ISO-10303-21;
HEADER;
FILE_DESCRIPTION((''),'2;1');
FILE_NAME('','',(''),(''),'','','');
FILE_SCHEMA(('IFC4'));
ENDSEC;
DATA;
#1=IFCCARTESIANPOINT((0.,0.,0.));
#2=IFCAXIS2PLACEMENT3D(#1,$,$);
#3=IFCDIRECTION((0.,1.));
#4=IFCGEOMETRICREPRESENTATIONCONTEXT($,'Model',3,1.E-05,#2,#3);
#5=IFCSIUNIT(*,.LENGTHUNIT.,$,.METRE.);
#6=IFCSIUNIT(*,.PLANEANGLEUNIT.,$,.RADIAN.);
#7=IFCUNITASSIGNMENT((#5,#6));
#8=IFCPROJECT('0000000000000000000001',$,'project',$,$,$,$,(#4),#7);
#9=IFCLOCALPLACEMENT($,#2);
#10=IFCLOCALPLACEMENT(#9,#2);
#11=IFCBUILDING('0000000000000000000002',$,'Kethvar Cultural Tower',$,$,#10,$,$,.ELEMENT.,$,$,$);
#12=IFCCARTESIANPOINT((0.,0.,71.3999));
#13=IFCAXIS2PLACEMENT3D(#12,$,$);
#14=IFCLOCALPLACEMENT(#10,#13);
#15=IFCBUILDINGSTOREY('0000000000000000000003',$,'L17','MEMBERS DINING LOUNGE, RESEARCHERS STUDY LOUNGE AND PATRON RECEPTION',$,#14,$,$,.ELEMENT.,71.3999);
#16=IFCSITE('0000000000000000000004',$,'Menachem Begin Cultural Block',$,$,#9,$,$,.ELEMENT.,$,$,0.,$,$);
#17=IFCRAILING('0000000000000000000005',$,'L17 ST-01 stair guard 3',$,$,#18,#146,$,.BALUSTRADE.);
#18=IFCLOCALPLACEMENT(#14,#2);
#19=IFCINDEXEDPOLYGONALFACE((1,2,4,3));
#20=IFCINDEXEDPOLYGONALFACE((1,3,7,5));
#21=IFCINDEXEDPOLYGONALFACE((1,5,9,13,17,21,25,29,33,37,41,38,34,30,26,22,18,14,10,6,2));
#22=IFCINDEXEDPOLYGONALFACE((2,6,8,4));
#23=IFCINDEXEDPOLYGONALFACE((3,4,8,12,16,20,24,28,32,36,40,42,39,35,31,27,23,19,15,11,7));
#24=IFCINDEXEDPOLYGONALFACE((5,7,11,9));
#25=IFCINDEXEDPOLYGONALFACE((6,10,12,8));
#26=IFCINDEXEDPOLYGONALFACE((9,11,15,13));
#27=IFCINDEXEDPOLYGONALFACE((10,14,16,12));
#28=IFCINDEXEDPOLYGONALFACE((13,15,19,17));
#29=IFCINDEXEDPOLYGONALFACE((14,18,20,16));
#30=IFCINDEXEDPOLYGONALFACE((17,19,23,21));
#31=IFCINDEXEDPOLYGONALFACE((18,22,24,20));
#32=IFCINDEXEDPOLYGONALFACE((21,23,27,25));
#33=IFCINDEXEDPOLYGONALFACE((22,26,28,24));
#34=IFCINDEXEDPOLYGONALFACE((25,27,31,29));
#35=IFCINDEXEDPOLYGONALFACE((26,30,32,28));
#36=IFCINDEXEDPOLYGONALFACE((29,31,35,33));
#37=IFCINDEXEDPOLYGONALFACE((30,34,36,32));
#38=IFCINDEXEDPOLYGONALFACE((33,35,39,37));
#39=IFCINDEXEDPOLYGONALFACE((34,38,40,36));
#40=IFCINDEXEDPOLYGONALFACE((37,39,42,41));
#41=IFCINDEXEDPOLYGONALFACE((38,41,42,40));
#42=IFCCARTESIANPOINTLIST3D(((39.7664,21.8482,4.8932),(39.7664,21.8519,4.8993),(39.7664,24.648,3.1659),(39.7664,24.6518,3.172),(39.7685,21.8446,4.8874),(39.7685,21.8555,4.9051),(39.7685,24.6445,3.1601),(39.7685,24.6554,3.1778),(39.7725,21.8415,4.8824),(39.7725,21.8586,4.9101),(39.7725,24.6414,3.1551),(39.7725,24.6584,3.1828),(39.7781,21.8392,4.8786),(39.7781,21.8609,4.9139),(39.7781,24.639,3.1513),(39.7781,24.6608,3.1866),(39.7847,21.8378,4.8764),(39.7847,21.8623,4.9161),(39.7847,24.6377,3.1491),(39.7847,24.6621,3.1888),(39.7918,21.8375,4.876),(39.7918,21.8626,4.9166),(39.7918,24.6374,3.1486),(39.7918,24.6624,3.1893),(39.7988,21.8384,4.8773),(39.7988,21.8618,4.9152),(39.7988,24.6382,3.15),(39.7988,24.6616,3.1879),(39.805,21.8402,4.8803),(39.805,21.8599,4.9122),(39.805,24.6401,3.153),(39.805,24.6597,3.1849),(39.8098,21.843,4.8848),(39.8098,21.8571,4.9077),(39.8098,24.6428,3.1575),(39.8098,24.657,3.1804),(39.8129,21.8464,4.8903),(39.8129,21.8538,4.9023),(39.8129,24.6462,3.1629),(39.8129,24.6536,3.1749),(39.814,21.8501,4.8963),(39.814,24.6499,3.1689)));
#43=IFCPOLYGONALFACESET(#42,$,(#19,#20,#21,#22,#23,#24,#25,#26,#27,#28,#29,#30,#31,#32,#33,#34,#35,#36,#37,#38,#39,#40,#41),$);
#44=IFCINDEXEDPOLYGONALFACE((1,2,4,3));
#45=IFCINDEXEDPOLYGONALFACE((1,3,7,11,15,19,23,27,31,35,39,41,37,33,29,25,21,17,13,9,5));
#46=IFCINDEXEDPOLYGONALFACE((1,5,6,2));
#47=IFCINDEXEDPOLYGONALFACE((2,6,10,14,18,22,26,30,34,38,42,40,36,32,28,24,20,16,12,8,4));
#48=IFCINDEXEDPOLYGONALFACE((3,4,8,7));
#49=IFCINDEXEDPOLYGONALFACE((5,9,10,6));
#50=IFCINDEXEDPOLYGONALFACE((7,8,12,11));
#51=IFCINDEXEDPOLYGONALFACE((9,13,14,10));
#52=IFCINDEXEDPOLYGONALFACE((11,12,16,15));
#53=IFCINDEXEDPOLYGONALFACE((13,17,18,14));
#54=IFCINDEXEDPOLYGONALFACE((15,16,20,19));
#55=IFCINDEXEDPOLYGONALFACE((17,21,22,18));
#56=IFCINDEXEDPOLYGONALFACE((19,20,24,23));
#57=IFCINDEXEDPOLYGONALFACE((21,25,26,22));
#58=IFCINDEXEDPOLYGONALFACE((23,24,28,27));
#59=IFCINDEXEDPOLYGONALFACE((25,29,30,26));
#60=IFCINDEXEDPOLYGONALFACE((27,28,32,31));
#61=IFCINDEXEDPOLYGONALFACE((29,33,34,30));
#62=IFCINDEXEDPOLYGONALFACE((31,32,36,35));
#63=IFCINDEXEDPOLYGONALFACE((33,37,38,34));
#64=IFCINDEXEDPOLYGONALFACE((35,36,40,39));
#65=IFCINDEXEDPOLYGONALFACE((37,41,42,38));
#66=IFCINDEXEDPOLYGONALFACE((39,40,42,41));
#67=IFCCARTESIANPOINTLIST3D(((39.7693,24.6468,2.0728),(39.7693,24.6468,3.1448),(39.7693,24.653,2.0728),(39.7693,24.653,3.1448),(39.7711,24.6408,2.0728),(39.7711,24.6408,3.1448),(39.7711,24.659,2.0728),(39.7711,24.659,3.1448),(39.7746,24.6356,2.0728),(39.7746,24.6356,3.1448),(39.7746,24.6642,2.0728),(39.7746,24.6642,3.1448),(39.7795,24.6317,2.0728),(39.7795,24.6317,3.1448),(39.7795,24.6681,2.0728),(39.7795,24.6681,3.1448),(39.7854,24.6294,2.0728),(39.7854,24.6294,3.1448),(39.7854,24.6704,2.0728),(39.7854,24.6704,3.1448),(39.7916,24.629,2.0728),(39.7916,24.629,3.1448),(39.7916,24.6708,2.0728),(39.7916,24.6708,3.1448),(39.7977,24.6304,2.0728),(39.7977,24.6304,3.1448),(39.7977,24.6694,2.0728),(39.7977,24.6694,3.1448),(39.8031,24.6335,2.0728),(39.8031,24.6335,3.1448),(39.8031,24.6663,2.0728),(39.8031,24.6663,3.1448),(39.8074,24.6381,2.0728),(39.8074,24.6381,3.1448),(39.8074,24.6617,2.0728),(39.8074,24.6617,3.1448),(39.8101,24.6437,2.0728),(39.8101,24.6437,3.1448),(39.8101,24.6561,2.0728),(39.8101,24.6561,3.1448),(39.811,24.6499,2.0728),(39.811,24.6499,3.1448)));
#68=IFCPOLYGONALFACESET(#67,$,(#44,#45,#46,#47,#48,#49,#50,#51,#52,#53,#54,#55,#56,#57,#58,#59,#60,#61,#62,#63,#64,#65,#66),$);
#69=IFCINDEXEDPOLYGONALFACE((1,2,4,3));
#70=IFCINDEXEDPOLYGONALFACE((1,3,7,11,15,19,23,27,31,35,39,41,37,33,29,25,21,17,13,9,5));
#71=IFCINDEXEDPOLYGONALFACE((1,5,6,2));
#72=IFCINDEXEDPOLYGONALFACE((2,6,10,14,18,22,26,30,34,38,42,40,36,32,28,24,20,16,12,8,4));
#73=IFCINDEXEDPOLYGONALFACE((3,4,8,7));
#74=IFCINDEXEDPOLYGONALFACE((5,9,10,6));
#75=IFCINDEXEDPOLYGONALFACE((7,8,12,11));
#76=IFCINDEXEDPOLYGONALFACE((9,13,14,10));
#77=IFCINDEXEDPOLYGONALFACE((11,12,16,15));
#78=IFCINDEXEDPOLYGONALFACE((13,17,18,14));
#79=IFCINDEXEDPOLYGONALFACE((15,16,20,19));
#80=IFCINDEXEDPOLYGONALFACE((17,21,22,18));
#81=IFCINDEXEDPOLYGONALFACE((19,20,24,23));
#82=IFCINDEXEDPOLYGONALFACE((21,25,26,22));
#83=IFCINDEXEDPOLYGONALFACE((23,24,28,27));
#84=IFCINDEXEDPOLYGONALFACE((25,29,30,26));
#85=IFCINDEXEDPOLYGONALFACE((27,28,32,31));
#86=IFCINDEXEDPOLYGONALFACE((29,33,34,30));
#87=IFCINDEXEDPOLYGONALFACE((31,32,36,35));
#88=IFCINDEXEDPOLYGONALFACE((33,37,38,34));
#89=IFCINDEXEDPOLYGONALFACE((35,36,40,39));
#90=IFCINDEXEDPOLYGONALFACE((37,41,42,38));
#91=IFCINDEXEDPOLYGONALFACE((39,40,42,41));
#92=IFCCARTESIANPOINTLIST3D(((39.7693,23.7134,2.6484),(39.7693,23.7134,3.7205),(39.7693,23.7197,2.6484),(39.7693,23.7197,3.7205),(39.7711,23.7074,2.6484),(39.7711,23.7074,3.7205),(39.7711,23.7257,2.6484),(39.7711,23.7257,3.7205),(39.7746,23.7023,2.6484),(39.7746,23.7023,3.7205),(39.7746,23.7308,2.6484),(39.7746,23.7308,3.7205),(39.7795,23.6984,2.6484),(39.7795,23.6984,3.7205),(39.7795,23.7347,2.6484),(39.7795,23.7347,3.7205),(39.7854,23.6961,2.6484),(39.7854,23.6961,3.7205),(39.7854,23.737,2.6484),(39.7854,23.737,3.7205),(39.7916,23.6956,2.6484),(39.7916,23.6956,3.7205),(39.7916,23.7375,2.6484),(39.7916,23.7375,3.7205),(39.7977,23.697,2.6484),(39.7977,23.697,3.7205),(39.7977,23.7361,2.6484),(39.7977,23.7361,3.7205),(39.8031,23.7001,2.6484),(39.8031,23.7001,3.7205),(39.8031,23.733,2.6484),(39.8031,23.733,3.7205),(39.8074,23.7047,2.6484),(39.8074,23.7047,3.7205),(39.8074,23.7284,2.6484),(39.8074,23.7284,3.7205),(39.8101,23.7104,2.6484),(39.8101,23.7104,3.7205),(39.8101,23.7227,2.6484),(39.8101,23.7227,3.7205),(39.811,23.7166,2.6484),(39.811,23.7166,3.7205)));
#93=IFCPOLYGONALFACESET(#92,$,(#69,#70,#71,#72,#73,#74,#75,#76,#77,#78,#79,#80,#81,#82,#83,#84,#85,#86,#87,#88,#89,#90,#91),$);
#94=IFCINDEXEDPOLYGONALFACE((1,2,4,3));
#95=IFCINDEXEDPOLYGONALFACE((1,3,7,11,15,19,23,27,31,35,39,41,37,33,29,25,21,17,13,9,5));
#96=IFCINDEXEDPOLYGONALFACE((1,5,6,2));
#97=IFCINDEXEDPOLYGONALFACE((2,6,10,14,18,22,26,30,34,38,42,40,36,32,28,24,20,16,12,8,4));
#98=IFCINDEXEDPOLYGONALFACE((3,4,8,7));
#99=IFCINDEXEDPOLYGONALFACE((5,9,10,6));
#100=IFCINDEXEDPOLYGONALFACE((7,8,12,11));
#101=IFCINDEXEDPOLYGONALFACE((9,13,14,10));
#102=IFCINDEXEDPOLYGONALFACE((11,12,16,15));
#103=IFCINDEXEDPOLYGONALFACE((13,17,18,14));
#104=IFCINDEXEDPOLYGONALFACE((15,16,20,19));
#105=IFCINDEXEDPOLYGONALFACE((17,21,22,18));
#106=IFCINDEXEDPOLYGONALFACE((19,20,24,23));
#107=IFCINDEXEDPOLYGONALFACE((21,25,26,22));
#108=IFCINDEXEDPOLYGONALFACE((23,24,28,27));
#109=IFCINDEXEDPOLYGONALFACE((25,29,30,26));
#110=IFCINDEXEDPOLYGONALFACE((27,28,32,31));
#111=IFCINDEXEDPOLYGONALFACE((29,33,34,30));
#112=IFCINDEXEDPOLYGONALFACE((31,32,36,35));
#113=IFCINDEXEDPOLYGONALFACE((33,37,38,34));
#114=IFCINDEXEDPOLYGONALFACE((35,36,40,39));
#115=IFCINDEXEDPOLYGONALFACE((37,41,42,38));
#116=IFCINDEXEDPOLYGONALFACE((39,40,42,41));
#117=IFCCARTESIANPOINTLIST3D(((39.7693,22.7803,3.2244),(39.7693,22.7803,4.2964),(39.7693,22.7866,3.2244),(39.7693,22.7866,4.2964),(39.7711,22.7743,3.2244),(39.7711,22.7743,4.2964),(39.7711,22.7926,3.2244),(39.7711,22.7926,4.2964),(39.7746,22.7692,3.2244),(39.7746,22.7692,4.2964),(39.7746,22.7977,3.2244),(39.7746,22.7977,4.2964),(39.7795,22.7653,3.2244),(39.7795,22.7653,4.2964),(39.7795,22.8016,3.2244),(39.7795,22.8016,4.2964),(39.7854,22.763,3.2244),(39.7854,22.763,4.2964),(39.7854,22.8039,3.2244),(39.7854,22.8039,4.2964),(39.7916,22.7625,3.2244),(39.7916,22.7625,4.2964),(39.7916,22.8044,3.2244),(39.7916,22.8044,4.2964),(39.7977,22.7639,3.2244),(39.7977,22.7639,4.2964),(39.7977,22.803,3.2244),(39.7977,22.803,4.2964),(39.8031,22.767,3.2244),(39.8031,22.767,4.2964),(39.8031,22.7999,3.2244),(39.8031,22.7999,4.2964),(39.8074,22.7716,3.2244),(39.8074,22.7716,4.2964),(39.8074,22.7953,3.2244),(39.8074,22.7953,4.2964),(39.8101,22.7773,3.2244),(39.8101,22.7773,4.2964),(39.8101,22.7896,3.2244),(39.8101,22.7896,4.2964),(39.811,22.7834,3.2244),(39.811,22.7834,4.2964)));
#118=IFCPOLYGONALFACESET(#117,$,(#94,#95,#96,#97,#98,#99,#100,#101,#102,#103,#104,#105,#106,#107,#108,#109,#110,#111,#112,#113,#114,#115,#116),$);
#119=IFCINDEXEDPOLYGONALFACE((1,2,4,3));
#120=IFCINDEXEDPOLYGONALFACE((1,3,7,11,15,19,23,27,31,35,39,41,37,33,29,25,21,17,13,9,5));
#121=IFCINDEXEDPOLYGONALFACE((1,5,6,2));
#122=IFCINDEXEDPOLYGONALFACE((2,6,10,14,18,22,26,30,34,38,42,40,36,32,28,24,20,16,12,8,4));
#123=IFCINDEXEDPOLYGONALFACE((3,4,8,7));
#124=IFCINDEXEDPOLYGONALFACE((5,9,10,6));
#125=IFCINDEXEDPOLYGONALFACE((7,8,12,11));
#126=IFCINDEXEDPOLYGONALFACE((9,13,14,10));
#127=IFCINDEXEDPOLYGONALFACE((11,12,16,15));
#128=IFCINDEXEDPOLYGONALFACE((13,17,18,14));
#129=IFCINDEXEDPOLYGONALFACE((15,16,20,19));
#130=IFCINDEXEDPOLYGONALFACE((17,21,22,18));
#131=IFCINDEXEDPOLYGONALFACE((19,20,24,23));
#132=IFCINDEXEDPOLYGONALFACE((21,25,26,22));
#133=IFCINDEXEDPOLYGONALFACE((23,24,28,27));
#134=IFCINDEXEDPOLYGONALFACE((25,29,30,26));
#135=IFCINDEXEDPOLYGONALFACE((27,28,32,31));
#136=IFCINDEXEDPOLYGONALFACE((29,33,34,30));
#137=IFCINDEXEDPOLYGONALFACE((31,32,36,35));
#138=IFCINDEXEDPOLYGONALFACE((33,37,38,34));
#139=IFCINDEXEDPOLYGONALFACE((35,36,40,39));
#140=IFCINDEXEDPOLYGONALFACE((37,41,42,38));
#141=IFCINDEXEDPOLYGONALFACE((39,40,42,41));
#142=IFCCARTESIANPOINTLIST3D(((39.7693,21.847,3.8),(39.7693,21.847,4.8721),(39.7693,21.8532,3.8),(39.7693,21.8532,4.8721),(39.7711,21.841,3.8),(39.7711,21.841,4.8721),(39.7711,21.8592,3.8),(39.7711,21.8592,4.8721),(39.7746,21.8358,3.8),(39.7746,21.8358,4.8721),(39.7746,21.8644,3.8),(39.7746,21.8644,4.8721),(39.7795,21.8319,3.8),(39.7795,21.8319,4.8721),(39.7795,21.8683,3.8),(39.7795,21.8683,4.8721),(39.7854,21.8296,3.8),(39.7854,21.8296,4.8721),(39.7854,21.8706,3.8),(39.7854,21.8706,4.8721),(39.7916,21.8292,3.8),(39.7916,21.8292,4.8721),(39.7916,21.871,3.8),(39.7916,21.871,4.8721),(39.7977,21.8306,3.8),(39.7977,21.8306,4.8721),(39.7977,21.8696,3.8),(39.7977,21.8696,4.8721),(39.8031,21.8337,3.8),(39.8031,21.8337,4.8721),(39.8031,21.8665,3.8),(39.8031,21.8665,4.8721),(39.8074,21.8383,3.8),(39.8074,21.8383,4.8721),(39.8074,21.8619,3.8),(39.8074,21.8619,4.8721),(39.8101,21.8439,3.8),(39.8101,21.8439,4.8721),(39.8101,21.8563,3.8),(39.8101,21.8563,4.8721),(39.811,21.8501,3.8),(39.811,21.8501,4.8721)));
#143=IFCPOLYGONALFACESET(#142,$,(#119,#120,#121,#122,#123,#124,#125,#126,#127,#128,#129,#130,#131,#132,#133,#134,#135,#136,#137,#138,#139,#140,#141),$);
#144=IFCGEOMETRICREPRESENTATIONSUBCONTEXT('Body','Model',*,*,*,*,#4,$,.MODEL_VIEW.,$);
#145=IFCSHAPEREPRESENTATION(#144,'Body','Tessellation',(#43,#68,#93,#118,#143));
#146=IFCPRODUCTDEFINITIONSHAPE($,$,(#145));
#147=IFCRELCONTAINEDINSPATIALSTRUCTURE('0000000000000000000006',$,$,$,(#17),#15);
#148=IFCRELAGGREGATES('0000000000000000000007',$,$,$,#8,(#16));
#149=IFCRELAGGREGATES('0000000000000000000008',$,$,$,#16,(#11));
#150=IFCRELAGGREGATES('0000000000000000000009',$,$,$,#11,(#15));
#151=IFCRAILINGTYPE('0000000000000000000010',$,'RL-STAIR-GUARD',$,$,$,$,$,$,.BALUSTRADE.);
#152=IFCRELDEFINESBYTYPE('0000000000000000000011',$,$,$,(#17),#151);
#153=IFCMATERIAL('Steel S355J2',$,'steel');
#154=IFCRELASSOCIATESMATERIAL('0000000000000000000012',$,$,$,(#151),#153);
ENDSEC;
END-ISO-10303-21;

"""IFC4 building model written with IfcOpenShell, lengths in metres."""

from ifc_helpers import new_model, si_unit, direction, frame, origin, origin_2d, place, context, subcontext, project, spatial, circle, extrude, material, type_object, element, save


model = new_model("IFC4")

# Units and contexts
model_context = context("Model", 3, precision=1e-05, world=origin(), true_north=direction((0.0, 1.0)))
body_context = subcontext(model_context, "Body", "Model", "MODEL_VIEW")
ifc_project = project(units=[si_unit("LENGTHUNIT", "METRE"), si_unit("PLANEANGLEUNIT", "RADIAN")], contexts=[model_context])

# Site, building, storey
site_placement = place(None, origin())
site = spatial("IfcSite", under=ifc_project, at=site_placement, Name="Menachem Begin Cultural Block", CompositionType="ELEMENT", RefElevation=0.0)
building_placement = place(site_placement, origin())
building = spatial("IfcBuilding", under=site, at=building_placement, Name="Kethvar Cultural Tower", CompositionType="ELEMENT")
storey_placement = place(building_placement, frame((0.0, 0.0, 71.3999)))
storey = spatial("IfcBuildingStorey", under=building, at=storey_placement, Name="L17", Description="MEMBERS DINING LOUNGE, RESEARCHERS STUDY LOUNGE AND PATRON RECEPTION", CompositionType="ELEMENT", Elevation=71.3999)

# Shared definitions
ifc_material_1 = material(Name="Steel S355J2", Category="steel")

# Railing
railing_type_1 = type_object("IfcRailingType", Name="RL-STAIR-GUARD", PredefinedType="BALUSTRADE", material=ifc_material_1)
railing_1_placement = place(storey_placement, frame((39.79, 24.6499, 2.0728)))
element("IfcRailing", 1, at=railing_1_placement, inside=storey, type_object=railing_type_1, Name="L17 ST-01 stair guard 3", PredefinedType="BALUSTRADE", context=body_context, shape_type="SweptSolid", body=[
    extrude(circle(Radius=0.0239, at=origin_2d()), frame((0.0, 0.0, 1.0962), z_axis=(0.0, -0.851069, 0.525054), x_axis=(1.0, 0.0, 0.0)), (0.0, 0.0, 1.0), 3.2898),
    extrude(circle(Radius=0.021, at=origin_2d()), origin(), (0.0, 0.0, 1.0), 1.072),
    extrude(circle(Radius=0.021, at=origin_2d()), frame((0.0, -0.9333, 0.5757)), (0.0, 0.0, 1.0), 1.072),
    extrude(circle(Radius=0.021, at=origin_2d()), frame((0.0, -1.8665, 1.1516)), (0.0, 0.0, 1.0), 1.072),
    extrude(circle(Radius=0.021, at=origin_2d()), frame((0.0, -2.7998, 1.7273)), (0.0, 0.0, 1.0), 1.072),
])

save(model, "model.ifc")
